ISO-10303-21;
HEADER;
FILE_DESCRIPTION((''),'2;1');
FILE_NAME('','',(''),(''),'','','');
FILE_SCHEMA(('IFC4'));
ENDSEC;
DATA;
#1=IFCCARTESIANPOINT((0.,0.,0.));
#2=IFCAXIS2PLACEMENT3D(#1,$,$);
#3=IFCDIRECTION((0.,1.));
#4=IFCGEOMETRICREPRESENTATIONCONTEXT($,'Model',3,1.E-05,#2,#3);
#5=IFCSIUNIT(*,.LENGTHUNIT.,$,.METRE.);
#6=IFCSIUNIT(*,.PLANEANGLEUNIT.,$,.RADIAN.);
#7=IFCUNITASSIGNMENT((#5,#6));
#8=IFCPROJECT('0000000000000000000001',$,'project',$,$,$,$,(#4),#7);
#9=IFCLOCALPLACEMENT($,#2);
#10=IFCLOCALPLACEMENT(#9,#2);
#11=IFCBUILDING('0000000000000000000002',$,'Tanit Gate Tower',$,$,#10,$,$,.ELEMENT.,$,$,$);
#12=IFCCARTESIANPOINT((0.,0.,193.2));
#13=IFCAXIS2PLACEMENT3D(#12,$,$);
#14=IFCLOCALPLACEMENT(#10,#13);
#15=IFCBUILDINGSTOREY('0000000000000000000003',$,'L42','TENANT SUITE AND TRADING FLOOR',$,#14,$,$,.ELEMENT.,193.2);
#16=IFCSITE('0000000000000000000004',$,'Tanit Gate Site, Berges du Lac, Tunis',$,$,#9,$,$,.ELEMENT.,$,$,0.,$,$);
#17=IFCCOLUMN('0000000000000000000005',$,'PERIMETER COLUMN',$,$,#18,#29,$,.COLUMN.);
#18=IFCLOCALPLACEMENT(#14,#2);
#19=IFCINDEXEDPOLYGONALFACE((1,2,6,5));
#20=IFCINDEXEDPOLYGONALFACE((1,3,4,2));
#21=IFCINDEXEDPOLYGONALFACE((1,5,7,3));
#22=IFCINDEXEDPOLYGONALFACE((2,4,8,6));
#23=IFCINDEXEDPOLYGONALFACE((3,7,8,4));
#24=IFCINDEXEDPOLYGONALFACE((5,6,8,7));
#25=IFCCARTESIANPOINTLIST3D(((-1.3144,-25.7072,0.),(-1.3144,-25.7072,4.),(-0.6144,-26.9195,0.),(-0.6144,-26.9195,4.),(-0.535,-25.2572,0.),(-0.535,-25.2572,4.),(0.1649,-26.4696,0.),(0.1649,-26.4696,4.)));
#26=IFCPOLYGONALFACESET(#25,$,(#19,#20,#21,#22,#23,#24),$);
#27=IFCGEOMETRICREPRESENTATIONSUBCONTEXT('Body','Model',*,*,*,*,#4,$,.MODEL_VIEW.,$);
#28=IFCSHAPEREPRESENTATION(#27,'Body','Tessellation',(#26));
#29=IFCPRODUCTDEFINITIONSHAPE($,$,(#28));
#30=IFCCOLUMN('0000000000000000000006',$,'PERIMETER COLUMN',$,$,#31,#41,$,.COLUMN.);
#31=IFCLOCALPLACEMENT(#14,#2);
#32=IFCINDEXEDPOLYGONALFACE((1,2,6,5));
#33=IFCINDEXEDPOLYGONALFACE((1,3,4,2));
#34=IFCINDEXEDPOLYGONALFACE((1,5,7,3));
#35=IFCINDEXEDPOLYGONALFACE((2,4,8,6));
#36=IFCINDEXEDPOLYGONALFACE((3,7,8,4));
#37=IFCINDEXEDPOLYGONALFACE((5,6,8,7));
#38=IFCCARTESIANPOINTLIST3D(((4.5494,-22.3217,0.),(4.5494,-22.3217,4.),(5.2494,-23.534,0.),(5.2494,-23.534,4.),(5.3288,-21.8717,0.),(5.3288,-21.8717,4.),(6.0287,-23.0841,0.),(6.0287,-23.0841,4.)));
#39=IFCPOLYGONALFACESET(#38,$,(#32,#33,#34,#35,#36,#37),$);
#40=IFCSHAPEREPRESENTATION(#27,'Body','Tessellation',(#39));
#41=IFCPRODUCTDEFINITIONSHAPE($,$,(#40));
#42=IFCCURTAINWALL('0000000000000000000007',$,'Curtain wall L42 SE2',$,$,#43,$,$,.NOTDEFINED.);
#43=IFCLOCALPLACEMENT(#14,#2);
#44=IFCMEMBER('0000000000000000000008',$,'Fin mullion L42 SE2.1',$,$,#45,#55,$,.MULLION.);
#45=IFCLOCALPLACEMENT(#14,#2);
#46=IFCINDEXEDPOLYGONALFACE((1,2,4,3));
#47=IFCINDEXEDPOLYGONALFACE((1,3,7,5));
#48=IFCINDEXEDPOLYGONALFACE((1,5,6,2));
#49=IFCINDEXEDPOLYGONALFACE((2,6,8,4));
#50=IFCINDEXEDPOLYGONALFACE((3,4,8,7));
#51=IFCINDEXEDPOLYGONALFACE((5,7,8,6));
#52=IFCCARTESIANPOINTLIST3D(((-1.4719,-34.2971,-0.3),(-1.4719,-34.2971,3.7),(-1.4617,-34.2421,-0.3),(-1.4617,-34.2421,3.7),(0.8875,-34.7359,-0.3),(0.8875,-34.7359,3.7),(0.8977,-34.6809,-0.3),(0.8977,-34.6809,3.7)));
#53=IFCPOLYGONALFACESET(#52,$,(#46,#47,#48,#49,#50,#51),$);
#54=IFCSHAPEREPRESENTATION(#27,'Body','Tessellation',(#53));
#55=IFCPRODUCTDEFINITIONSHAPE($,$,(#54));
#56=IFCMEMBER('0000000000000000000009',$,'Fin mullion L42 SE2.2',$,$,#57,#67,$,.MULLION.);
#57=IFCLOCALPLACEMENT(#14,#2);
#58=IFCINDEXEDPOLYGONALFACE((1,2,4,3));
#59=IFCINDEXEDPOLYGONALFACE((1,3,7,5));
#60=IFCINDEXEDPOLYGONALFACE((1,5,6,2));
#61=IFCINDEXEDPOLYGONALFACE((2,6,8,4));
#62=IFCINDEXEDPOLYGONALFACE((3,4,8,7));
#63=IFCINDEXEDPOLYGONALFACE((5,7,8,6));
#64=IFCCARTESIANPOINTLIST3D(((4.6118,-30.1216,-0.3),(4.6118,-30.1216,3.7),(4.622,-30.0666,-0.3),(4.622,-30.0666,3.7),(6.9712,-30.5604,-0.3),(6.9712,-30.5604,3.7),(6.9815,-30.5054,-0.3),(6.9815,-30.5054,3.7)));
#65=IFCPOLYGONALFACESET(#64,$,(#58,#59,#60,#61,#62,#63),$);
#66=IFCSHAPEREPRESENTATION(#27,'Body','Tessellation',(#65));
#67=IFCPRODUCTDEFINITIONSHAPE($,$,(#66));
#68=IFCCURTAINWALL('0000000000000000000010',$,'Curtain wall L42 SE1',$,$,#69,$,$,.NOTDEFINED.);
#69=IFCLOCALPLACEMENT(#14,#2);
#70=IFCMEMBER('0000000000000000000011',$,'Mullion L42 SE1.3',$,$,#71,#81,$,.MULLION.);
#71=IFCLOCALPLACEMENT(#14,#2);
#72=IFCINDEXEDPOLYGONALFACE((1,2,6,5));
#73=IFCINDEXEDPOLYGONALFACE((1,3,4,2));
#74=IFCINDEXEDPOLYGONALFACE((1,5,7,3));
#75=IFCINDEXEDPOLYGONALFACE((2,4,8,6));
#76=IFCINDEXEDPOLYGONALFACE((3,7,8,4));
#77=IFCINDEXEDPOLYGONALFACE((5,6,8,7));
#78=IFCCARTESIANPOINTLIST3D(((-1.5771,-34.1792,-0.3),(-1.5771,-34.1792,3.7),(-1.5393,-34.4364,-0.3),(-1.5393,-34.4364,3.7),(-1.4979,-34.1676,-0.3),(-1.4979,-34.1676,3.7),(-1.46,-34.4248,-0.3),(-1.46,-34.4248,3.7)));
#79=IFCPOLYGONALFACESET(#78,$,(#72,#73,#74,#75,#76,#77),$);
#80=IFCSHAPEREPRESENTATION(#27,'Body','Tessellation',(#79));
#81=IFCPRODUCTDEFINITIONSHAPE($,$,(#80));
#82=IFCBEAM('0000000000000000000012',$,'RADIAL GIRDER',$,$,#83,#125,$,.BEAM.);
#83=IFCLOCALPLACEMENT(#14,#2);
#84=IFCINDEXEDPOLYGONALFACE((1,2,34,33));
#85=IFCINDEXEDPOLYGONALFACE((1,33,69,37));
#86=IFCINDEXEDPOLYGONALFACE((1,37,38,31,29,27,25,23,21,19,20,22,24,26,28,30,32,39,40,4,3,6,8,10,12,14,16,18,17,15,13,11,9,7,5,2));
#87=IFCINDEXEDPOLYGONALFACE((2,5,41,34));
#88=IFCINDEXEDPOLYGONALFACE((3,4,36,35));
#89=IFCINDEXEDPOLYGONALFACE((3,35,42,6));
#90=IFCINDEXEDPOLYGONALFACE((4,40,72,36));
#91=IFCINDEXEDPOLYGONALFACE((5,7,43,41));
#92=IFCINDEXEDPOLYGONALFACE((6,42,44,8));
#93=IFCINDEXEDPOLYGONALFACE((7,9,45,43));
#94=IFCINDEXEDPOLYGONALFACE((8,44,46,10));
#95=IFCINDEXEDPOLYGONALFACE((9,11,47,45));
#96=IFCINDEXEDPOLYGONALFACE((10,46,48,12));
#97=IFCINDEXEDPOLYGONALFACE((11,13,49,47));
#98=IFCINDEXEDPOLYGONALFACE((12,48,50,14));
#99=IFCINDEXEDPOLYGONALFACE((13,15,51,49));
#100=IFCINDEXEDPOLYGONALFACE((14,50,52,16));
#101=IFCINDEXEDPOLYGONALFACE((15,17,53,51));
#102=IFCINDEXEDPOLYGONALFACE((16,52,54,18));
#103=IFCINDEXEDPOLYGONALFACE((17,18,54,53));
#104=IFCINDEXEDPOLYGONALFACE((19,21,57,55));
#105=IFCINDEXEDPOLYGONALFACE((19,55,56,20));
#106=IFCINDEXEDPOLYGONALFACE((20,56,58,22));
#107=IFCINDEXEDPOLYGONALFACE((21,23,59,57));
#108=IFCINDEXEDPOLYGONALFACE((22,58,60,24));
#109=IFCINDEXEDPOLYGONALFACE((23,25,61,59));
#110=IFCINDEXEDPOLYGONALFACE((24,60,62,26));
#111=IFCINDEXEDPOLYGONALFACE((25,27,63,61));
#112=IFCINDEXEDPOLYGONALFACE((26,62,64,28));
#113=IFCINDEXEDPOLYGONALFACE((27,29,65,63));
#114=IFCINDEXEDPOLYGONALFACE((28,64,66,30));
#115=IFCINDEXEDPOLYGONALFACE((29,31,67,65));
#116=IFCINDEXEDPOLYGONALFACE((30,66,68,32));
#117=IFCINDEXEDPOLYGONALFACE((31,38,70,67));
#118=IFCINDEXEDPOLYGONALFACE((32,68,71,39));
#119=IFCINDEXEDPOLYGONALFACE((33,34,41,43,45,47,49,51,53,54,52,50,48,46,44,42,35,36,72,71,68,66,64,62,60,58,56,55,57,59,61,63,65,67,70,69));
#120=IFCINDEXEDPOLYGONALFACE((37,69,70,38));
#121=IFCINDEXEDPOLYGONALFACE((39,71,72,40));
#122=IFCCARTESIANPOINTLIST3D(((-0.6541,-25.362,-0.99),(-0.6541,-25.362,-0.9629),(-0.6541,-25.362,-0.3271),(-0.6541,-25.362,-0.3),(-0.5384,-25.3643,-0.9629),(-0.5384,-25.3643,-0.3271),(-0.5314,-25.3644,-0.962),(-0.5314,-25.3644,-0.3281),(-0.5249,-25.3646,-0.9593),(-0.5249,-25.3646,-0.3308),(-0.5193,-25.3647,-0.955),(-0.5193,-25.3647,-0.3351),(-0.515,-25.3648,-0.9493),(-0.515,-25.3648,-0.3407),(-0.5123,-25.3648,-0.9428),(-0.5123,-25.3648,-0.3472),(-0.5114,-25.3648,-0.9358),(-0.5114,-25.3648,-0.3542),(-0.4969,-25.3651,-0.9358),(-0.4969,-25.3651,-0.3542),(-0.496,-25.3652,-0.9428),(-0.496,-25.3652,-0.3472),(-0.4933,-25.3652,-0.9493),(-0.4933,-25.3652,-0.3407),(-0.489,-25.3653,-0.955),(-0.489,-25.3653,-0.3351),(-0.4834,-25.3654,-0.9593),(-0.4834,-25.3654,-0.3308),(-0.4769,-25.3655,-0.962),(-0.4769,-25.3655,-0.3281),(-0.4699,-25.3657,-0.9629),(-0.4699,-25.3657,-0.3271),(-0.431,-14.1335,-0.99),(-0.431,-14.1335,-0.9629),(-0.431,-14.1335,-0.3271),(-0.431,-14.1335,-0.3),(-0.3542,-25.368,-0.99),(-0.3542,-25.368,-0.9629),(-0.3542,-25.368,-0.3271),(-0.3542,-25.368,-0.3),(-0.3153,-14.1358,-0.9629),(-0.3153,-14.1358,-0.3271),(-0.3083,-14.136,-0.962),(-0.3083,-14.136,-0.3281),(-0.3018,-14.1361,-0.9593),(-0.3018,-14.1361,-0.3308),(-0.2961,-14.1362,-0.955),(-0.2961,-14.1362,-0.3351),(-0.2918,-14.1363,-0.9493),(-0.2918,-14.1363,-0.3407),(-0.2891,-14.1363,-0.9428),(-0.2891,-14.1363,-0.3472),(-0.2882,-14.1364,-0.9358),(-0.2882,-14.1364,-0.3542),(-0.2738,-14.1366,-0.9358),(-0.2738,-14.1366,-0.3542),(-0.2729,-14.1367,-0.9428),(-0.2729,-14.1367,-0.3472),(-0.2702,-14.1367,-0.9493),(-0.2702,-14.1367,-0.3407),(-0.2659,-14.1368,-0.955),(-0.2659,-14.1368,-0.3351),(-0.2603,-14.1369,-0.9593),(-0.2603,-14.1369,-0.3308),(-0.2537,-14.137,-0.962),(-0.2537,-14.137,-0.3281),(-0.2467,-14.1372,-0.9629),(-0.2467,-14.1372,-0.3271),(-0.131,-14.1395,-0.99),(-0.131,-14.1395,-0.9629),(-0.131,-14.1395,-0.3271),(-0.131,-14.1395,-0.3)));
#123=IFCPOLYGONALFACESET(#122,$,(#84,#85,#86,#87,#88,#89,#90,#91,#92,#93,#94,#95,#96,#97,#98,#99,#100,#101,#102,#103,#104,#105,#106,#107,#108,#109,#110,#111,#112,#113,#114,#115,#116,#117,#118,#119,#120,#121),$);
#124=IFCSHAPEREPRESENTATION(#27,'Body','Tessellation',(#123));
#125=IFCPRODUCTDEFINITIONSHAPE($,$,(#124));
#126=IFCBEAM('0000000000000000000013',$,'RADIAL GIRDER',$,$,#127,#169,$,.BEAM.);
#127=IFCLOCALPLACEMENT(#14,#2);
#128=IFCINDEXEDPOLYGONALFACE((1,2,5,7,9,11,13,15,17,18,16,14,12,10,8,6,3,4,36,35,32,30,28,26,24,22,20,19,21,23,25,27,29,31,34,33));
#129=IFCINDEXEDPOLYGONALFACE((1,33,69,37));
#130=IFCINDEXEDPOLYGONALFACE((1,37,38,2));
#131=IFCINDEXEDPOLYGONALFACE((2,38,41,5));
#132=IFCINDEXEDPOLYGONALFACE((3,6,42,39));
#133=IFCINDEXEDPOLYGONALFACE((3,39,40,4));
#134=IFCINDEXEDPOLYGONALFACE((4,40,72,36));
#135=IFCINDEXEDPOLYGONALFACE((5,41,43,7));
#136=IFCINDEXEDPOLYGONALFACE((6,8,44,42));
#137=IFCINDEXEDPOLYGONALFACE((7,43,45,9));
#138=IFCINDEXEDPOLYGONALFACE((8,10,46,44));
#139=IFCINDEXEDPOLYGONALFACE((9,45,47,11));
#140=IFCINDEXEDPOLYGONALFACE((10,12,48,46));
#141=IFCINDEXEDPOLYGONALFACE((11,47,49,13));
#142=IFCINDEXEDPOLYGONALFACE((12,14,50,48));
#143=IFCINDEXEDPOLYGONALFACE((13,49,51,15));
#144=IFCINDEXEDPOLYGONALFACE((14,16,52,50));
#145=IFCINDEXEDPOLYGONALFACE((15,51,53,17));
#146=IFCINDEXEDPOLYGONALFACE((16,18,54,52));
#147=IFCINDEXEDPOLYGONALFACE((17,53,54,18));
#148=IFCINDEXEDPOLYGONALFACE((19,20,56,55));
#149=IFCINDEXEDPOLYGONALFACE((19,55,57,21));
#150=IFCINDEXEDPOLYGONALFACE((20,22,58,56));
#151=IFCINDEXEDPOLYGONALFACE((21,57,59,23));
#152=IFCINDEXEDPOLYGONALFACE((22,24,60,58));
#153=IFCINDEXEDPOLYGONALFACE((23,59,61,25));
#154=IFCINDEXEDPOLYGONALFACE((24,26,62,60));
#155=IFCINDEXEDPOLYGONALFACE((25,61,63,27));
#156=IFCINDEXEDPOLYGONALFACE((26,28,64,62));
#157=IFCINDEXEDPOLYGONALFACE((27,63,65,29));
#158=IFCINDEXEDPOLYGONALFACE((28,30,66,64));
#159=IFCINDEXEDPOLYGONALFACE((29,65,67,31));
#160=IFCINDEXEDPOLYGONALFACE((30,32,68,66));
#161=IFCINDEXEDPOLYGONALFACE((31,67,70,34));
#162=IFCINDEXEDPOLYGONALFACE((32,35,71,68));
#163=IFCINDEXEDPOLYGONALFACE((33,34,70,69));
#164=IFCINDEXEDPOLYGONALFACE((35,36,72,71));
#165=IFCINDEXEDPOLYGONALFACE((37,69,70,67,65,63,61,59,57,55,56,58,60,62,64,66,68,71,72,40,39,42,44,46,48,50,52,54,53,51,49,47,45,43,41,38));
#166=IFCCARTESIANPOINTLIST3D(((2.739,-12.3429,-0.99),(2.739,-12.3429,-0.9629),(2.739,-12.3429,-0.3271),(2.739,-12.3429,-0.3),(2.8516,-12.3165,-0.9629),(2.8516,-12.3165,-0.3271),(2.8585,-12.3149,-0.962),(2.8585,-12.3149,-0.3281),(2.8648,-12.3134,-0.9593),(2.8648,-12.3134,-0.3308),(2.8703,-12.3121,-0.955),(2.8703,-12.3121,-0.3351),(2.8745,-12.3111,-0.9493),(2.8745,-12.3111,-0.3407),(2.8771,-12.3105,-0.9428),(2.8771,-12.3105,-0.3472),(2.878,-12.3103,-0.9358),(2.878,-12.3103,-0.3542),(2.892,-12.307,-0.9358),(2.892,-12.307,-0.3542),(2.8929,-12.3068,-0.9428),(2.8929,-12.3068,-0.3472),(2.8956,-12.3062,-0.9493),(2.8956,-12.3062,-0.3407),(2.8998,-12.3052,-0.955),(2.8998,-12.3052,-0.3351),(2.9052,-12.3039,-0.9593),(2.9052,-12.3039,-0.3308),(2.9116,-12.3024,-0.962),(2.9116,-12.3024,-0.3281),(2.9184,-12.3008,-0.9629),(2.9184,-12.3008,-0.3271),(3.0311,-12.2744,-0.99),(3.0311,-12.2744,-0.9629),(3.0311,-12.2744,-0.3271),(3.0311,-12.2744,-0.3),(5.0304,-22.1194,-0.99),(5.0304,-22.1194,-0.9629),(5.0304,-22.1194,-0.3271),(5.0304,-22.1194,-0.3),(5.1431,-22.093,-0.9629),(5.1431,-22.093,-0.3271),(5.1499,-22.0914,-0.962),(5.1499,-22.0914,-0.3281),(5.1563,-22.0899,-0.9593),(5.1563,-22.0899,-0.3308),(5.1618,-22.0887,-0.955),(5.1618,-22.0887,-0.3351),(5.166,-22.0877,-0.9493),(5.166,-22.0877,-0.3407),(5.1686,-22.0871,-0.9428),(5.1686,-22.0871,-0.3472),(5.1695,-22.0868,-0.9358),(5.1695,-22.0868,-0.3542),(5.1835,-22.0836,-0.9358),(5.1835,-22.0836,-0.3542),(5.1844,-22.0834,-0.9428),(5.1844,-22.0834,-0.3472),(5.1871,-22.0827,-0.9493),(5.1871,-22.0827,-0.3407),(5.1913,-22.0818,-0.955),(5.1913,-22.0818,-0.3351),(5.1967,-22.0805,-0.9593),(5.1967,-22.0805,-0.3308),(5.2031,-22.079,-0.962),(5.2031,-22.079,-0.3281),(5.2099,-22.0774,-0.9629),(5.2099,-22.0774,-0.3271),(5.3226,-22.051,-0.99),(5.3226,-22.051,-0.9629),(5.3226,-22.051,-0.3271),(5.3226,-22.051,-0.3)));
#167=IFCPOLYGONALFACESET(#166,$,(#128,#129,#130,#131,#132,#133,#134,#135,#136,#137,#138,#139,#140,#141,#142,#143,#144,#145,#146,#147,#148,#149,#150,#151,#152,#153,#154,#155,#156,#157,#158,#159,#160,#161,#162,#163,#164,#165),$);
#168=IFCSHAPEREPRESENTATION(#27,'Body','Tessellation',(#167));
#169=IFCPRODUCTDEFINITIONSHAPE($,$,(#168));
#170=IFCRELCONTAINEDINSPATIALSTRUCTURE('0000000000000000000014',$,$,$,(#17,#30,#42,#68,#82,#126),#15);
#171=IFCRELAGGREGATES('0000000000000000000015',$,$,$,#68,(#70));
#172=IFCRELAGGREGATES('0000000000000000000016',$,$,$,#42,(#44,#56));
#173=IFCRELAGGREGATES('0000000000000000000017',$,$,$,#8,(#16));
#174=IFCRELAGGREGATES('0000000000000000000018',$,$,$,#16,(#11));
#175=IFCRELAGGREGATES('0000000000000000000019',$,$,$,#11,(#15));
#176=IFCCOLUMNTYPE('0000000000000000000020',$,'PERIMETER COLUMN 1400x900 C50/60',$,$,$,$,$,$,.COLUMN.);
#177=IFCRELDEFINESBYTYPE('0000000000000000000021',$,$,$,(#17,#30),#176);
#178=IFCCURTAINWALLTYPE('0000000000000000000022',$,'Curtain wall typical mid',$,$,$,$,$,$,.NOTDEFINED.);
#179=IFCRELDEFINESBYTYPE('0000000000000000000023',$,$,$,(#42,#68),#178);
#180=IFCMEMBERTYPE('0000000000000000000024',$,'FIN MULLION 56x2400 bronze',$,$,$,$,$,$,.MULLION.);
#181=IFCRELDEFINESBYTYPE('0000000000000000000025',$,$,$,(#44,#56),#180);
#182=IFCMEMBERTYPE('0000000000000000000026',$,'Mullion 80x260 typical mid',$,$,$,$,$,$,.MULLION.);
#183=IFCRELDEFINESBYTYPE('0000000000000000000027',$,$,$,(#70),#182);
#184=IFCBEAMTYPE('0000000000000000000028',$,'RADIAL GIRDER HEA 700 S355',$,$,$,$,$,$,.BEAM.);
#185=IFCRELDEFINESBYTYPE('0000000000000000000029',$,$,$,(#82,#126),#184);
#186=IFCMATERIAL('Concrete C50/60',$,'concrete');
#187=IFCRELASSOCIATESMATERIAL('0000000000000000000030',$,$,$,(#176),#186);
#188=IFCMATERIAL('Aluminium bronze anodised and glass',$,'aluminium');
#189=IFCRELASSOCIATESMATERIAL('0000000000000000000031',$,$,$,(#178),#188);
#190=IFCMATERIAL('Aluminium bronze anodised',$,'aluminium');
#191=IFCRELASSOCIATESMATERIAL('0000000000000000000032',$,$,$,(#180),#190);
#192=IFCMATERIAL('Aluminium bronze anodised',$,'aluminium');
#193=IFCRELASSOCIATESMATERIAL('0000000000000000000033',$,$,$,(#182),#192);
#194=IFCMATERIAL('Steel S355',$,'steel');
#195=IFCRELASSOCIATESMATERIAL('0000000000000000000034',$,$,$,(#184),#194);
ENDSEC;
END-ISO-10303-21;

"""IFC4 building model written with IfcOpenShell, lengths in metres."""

from ifc_helpers import new_model, si_unit, direction, frame, origin, origin_2d, place, context, subcontext, project, spatial, rectangle, i_section, extrude, material, material_profile, profile_set, type_object, element, aggregate, save


model = new_model("IFC4")

# Units and contexts
model_context = context("Model", 3, precision=1e-05, world=origin(), true_north=direction((0.0, 1.0)))
body_context = subcontext(model_context, "Body", "Model", "MODEL_VIEW")
ifc_project = project(units=[si_unit("LENGTHUNIT", "METRE"), si_unit("PLANEANGLEUNIT", "RADIAN")], contexts=[model_context])

# Site, building, storey
site_placement = place(None, origin())
site = spatial("IfcSite", under=ifc_project, at=site_placement, Name="Tanit Gate Site, Berges du Lac, Tunis", CompositionType="ELEMENT", RefElevation=0.0)
building_placement = place(site_placement, origin())
building = spatial("IfcBuilding", under=site, at=building_placement, Name="Tanit Gate Tower", CompositionType="ELEMENT")
storey_placement = place(building_placement, frame((0.0, 0.0, 193.2)))
storey = spatial("IfcBuildingStorey", under=building, at=storey_placement, Name="L42", Description="TENANT SUITE AND TRADING FLOOR", CompositionType="ELEMENT", Elevation=193.2)

# Columns
ifc_material_1 = material(Name="Concrete C50/60", Category="concrete")
ifc_material_profile_1 = material_profile(ifc_material_1, rectangle(XDim=1.3999, YDim=0.8999, at=origin_2d()), Name="RC 1400x900")
ifc_profile_set_1 = profile_set([ifc_material_profile_1], Name="Concrete C50/60")
column_type = type_object("IfcColumnType", Name="PERIMETER COLUMN 1400x900 C50/60", PredefinedType="COLUMN", material=ifc_profile_set_1)
for number, where, z_axis, x_axis, name in (
    (1, (-0.5747, -26.0884, 0.0), (0.0, 0.0, 1.0), (0.5, -0.866025, 0.0), "PERIMETER COLUMN"),
    (2, (5.2891, -22.7029, 0.0), (0.0, 0.0, 1.0), (0.5, -0.866025, 0.0), "PERIMETER COLUMN"),
):
    element("IfcColumn", number, at=place(storey_placement, frame(where, z_axis=z_axis, x_axis=x_axis)), inside=storey, type_object=column_type, Name=name, PredefinedType="COLUMN", context=body_context, shape_type="SweptSolid", body=[
        extrude(rectangle(XDim=1.3999, YDim=0.8999, at=origin_2d()), origin(), (0.0, 0.0, 1.0), 4.0),
    ])

# Curtain wall, members
ifc_material_2 = material(Name="Aluminium bronze anodised and glass", Category="aluminium")
curtain_wall_type = type_object("IfcCurtainWallType", Name="Curtain wall typical mid", PredefinedType="NOTDEFINED", material=ifc_material_2)
curtain_wall_1_placement = place(storey_placement, origin())
curtain_wall_1 = element("IfcCurtainWall", 3, at=curtain_wall_1_placement, inside=storey, type_object=curtain_wall_type, Name="Curtain wall L42 SE2", PredefinedType="NOTDEFINED")
ifc_material_3 = material(Name="Aluminium bronze anodised", Category="aluminium")
ifc_material_profile_2 = material_profile(ifc_material_3, rectangle(XDim=2.3999, YDim=0.0559, at=origin_2d()), Name="56x2400 bronze fin mullion")
ifc_profile_set_2 = profile_set([ifc_material_profile_2], Name="Aluminium bronze anodised")
member_type_1 = type_object("IfcMemberType", Name="FIN MULLION 56x2400 bronze", PredefinedType="MULLION", material=ifc_profile_set_2)
member_1_placement = place(storey_placement, frame((-0.2871, -34.489, -0.3), z_axis=(0.0, 0.0, 1.0), x_axis=(-0.983141, 0.182847, 0.0)))
member_1 = element("IfcMember", 4, at=member_1_placement, type_object=member_type_1, Name="Fin mullion L42 SE2.1", PredefinedType="MULLION", context=body_context, shape_type="SweptSolid", body=[
    extrude(rectangle(XDim=2.3999, YDim=0.0559, at=origin_2d()), origin(), (0.0, 0.0, 1.0), 4.0),
])
member_2_placement = place(storey_placement, frame((5.7966, -30.3135, -0.3), z_axis=(0.0, 0.0, 1.0), x_axis=(-0.983141, 0.182847, 0.0)))
member_2 = element("IfcMember", 5, at=member_2_placement, type_object=member_type_1, Name="Fin mullion L42 SE2.2", PredefinedType="MULLION", context=body_context, shape_type="SweptSolid", body=[
    extrude(rectangle(XDim=2.3999, YDim=0.0559, at=origin_2d()), origin(), (0.0, 0.0, 1.0), 4.0),
])

# Curtain wall, member
curtain_wall_2_placement = place(storey_placement, origin())
curtain_wall_2 = element("IfcCurtainWall", 6, at=curtain_wall_2_placement, inside=storey, type_object=curtain_wall_type, Name="Curtain wall L42 SE1", PredefinedType="NOTDEFINED")
ifc_material_4 = material(Name="Aluminium bronze anodised", Category="aluminium")
ifc_material_profile_3 = material_profile(ifc_material_4, rectangle(XDim=0.26, YDim=0.0801, at=origin_2d()), Name="80x260 bronze mullion")
ifc_profile_set_3 = profile_set([ifc_material_profile_3], Name="Aluminium bronze anodised")
member_type_2 = type_object("IfcMemberType", Name="Mullion 80x260 typical mid", PredefinedType="MULLION", material=ifc_profile_set_3)
member_3_placement = place(storey_placement, frame((-1.5186, -34.302, -0.3), z_axis=(0.0, 0.0, 1.0), x_axis=(-0.145486, 0.98936, 0.0)))
member_3 = element("IfcMember", 7, at=member_3_placement, type_object=member_type_2, Name="Mullion L42 SE1.3", PredefinedType="MULLION", context=body_context, shape_type="SweptSolid", body=[
    extrude(rectangle(XDim=0.26, YDim=0.0801, at=origin_2d()), origin(), (0.0, 0.0, 1.0), 4.0),
])
aggregate(curtain_wall_2, [member_3])

# Beams
ifc_material_5 = material(Name="Steel S355", Category="steel")
ifc_material_profile_4 = material_profile(ifc_material_5, i_section(OverallWidth=0.3, OverallDepth=0.6899, WebThickness=0.0144, FlangeThickness=0.0271, FilletRadius=0.0271, at=origin_2d()), Name="HEA 700")
ifc_profile_set_4 = profile_set([ifc_material_profile_4], Name="Steel S355")
beam_type_1 = type_object("IfcBeamType", Name="RADIAL GIRDER HEA 700 S355", PredefinedType="BEAM", material=ifc_profile_set_4)
beam_1_placement = place(storey_placement, frame((-0.5042, -25.365, -0.645), z_axis=(0.019869, 0.999803, 0.0), x_axis=(-0.999803, 0.019869, 0.0)))
element("IfcBeam", 8, at=beam_1_placement, inside=storey, type_object=beam_type_1, Name="RADIAL GIRDER", PredefinedType="BEAM", context=body_context, shape_type="SweptSolid", body=[
    extrude(i_section(OverallWidth=0.3, OverallDepth=0.6899, WebThickness=0.0144, FlangeThickness=0.0271, FilletRadius=0.0271, at=origin_2d()), origin(), (0.0, 0.0, 1.0), 11.2307),
])
beam_2_placement = place(storey_placement, frame((5.1765, -22.0852, -0.645), z_axis=(-0.228202, 0.973614, 0.0), x_axis=(-0.973614, -0.228202, 0.0)))
element("IfcBeam", 9, at=beam_2_placement, inside=storey, type_object=beam_type_1, Name="RADIAL GIRDER", PredefinedType="BEAM", context=body_context, shape_type="SweptSolid", body=[
    extrude(i_section(OverallWidth=0.3, OverallDepth=0.6899, WebThickness=0.0144, FlangeThickness=0.0271, FilletRadius=0.0271, at=origin_2d()), origin(), (0.0, 0.0, 1.0), 10.0415),
])

aggregate(curtain_wall_1, [member_1, member_2])

save(model, "model.ifc")
